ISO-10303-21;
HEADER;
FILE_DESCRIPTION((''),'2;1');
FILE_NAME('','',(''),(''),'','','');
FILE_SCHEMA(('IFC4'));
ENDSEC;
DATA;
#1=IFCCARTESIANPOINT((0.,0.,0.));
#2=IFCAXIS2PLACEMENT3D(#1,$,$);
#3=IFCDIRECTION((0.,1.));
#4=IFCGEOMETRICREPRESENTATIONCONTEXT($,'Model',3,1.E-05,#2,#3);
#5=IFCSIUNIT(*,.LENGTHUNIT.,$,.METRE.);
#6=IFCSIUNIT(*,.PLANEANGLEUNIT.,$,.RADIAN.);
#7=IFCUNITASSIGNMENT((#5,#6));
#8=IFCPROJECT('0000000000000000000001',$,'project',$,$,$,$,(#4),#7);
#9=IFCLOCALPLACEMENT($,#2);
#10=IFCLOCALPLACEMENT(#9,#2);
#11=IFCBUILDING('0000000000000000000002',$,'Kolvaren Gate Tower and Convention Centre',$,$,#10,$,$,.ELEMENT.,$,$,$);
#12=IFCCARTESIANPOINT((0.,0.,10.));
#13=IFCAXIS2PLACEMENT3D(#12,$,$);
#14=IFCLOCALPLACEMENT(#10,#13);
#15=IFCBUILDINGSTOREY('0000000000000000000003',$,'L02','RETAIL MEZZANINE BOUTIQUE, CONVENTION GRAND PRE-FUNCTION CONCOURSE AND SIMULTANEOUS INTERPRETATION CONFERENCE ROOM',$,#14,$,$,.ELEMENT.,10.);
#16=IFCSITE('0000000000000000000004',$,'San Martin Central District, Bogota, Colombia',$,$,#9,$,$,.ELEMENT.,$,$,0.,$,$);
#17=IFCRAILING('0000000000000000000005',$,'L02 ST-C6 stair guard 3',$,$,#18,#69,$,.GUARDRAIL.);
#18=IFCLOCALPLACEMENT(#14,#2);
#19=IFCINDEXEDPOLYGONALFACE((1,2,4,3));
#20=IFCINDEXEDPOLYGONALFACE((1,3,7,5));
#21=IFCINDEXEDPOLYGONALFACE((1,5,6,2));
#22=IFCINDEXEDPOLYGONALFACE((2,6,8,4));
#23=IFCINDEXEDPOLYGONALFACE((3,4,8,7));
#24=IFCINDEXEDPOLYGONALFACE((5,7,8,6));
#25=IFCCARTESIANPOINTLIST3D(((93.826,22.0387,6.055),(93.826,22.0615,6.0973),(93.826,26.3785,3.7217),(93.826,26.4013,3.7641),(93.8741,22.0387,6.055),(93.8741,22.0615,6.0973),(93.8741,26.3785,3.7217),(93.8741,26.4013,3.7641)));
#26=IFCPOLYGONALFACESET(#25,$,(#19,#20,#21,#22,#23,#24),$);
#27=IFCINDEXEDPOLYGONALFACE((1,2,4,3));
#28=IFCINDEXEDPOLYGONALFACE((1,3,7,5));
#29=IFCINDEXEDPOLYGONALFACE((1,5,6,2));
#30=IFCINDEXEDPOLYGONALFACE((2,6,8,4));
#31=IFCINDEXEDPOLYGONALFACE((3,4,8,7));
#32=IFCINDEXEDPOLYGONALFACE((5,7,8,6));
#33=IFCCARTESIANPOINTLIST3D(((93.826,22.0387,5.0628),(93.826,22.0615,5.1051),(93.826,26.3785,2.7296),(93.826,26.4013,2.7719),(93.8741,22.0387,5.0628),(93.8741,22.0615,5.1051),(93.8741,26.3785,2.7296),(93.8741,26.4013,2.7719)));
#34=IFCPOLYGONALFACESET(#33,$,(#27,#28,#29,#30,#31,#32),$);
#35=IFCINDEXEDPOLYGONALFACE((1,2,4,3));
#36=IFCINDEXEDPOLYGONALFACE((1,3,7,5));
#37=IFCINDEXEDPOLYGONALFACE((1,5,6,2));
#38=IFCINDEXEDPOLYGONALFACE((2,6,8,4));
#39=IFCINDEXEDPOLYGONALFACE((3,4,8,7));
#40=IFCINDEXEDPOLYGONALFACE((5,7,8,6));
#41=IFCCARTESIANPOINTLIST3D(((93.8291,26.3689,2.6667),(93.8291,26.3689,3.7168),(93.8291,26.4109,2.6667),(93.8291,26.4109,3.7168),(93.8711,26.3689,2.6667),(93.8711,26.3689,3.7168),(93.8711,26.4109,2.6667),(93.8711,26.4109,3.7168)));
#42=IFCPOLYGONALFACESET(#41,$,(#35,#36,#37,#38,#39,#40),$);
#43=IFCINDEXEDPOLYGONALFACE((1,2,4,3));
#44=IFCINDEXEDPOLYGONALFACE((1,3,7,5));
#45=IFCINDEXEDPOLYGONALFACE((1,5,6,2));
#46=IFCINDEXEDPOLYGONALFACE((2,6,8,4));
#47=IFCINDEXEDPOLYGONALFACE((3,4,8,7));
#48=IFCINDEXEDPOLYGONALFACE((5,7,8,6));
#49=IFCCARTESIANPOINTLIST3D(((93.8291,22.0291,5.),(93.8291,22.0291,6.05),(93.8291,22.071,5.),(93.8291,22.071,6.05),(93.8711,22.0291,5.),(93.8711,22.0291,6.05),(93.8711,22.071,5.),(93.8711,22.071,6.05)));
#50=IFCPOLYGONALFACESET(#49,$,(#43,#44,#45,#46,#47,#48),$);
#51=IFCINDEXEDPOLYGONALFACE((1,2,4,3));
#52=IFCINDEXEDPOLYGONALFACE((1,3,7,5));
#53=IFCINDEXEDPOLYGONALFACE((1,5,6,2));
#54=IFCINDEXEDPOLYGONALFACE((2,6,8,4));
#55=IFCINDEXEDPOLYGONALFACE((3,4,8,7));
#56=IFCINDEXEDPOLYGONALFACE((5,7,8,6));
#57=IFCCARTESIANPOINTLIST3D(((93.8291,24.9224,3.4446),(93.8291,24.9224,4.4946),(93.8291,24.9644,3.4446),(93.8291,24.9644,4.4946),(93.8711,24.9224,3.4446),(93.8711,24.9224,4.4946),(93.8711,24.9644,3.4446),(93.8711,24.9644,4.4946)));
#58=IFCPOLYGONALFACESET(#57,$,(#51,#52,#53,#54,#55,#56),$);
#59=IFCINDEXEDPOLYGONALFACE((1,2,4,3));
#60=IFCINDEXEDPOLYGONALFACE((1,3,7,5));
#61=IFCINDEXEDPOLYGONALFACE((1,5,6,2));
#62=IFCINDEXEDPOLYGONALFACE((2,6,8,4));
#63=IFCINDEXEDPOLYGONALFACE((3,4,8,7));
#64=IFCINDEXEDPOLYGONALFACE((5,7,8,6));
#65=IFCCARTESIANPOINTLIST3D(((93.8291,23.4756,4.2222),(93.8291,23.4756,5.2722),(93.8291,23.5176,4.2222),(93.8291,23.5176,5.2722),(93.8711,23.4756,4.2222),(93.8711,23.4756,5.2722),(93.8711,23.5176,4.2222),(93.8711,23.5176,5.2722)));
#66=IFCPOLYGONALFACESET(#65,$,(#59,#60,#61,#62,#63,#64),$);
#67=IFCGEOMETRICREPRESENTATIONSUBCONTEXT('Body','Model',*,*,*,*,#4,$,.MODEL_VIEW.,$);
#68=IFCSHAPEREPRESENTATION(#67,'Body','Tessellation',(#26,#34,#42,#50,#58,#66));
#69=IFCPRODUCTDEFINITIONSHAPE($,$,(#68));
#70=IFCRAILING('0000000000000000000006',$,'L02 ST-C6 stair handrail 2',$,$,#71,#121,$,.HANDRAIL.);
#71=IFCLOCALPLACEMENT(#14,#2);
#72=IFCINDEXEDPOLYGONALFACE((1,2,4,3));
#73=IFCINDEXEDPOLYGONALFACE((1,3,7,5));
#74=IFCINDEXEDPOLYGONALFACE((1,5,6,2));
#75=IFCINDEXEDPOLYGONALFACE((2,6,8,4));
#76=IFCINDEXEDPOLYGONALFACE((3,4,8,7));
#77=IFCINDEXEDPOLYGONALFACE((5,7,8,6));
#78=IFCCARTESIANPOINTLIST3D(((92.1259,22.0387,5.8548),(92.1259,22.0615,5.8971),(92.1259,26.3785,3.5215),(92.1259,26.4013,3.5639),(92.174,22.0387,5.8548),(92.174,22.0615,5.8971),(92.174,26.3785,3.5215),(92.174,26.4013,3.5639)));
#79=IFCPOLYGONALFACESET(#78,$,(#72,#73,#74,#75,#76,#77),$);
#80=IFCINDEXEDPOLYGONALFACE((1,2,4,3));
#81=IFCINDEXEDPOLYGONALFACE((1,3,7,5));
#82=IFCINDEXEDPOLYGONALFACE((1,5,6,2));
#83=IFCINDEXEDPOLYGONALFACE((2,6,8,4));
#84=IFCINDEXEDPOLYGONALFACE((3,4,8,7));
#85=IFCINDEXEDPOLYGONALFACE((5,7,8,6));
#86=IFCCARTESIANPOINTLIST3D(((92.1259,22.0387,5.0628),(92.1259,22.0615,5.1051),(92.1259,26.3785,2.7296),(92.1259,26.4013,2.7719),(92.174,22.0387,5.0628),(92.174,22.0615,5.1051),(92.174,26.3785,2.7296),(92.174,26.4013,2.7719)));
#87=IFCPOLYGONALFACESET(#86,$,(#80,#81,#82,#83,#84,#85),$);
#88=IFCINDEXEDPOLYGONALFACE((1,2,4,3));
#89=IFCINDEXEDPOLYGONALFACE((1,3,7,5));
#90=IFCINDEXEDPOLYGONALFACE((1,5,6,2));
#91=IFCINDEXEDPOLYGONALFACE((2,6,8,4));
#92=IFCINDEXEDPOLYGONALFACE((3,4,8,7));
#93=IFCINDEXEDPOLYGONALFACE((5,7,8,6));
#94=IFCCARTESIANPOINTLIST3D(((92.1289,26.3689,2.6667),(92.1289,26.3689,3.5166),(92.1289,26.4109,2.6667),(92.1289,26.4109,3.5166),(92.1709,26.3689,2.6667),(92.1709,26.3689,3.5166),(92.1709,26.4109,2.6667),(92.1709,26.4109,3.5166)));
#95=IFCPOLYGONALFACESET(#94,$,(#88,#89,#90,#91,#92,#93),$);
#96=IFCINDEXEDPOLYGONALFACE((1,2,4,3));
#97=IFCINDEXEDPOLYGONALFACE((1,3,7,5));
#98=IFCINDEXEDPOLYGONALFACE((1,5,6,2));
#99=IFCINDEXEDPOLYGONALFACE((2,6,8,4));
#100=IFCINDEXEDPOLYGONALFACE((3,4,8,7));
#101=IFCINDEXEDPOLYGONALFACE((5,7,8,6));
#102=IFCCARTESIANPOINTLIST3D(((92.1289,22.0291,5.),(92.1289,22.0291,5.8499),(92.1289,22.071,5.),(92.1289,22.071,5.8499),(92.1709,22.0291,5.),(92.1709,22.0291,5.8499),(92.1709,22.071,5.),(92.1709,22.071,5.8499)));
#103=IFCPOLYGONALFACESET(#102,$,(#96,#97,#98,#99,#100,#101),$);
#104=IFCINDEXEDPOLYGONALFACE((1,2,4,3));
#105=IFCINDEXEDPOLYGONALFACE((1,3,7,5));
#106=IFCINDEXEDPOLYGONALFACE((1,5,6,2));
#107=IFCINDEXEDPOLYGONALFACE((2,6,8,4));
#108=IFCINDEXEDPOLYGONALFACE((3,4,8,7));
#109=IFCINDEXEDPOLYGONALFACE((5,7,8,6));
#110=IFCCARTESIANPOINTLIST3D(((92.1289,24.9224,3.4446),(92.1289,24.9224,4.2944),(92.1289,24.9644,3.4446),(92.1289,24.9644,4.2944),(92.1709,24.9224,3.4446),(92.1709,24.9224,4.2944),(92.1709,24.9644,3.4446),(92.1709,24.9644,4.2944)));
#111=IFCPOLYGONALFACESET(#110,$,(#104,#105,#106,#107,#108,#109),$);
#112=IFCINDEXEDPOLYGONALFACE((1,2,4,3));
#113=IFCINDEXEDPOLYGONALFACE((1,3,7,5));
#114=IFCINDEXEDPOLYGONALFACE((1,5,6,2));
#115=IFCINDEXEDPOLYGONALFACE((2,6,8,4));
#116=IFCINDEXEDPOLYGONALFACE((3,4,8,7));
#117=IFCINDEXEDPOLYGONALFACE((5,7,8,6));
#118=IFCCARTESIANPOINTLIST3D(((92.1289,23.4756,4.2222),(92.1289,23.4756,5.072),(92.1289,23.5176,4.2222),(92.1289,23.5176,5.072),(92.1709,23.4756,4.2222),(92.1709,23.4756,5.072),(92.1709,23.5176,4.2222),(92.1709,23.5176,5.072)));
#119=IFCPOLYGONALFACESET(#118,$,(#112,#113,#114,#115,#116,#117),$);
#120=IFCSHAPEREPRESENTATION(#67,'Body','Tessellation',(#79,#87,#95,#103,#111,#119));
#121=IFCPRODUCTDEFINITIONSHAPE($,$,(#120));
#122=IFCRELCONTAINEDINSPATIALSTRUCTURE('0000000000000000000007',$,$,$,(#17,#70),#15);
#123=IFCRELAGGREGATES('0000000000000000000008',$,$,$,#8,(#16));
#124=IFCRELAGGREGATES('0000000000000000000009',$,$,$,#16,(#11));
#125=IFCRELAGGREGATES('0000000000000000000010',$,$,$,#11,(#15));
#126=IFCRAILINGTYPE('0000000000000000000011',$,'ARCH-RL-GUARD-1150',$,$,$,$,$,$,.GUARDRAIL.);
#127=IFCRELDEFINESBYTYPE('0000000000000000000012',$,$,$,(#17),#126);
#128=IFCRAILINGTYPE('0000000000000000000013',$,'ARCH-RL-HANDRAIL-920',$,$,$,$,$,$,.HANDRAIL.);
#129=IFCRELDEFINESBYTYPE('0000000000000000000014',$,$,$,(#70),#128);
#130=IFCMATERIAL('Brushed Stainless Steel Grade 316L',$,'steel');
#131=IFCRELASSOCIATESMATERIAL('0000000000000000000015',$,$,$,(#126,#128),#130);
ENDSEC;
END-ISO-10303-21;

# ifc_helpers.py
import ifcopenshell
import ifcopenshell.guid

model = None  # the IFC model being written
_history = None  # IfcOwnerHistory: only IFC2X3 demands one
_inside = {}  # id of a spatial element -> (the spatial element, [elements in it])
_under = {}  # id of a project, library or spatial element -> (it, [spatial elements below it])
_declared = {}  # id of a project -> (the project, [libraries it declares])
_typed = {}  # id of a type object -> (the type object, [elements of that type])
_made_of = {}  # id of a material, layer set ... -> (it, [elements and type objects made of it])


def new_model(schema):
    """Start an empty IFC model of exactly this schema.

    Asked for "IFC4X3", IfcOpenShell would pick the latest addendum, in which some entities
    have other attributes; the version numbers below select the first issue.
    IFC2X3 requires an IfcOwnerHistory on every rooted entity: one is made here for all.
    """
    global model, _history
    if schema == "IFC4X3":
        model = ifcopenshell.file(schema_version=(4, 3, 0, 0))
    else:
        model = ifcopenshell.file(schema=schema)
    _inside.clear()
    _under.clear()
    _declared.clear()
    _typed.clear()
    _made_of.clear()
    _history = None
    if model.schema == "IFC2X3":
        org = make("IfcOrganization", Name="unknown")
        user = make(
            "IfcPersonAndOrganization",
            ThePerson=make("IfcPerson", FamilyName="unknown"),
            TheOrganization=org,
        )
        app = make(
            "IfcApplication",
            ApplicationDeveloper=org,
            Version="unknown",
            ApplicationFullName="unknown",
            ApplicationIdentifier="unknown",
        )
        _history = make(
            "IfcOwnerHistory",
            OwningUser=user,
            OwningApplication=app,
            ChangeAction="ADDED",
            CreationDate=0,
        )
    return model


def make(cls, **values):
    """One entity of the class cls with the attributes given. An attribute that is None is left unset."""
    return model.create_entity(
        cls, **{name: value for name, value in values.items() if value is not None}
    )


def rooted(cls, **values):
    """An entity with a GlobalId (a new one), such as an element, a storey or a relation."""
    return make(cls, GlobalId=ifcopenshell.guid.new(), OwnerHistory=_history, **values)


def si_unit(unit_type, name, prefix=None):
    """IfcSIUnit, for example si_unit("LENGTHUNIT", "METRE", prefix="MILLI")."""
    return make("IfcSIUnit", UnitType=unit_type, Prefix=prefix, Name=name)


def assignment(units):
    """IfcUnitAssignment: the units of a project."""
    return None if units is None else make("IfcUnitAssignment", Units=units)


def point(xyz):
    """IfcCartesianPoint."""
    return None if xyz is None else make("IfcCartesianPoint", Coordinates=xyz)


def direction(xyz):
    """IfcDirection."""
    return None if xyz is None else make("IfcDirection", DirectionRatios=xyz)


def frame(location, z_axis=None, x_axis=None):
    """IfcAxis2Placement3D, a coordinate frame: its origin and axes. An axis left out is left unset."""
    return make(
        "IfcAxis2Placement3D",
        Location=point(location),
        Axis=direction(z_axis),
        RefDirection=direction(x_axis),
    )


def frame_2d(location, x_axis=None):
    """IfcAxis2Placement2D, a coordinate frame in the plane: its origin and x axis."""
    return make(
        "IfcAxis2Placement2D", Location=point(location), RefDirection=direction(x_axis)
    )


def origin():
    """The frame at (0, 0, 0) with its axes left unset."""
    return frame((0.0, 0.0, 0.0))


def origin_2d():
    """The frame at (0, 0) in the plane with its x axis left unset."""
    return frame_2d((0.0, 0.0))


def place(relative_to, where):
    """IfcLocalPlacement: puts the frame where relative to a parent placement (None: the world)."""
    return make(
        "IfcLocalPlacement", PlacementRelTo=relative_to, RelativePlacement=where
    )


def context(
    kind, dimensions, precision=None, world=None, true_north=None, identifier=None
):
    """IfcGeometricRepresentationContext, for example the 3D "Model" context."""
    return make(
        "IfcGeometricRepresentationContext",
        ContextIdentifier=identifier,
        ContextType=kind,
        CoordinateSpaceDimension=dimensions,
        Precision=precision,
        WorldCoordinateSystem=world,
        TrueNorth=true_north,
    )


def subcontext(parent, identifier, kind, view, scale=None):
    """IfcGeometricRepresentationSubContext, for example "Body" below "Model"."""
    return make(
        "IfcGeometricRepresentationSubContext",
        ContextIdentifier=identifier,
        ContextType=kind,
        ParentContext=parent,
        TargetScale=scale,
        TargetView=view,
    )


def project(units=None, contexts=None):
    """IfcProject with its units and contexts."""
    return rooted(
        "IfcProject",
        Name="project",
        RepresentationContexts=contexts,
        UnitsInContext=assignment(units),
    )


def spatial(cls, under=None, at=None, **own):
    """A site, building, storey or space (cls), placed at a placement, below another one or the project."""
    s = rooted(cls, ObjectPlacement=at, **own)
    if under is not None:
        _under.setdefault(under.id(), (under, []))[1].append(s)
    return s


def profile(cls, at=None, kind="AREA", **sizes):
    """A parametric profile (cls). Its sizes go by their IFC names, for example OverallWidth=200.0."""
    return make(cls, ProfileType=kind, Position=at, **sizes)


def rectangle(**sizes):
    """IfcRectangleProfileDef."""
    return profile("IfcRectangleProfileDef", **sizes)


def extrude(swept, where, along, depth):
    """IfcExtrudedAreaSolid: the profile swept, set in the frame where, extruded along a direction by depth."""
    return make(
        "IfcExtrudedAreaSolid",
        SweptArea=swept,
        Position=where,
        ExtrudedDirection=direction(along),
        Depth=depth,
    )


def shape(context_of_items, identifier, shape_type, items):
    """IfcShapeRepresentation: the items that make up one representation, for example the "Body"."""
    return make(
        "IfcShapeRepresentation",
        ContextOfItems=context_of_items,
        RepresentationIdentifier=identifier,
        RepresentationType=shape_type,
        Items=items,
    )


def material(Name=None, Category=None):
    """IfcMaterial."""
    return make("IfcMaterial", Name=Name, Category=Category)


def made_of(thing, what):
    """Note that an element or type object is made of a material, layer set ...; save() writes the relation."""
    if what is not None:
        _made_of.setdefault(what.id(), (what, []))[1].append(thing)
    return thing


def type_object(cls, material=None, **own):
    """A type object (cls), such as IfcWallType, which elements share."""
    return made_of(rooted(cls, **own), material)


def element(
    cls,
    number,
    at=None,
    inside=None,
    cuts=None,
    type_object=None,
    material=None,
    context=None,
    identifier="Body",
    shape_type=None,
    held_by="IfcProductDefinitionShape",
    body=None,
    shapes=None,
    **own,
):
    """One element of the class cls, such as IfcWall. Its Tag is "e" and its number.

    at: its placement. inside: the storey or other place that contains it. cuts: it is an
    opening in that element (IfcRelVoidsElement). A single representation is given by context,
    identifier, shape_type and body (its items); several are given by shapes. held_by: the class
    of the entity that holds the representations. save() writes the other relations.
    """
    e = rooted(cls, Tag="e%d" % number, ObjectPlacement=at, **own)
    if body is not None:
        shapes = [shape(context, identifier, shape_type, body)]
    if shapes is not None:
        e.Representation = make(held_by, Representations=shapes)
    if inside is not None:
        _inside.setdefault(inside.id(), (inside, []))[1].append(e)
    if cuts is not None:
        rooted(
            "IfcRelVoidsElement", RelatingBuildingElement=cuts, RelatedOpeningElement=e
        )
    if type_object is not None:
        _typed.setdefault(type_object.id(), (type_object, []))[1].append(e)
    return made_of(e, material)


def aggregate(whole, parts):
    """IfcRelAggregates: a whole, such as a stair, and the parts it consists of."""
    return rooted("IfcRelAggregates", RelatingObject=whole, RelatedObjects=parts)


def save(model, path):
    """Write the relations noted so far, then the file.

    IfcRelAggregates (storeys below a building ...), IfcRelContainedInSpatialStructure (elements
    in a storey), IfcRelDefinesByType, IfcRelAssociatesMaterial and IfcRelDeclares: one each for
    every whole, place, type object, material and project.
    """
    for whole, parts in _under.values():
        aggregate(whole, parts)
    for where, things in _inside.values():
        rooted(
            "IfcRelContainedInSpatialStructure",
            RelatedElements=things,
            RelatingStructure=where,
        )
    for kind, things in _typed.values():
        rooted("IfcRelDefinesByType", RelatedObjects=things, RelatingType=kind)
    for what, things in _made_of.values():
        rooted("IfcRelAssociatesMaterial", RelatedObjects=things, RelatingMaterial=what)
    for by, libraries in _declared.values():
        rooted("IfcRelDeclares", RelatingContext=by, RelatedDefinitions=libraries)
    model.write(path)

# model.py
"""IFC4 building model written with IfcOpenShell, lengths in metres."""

from ifc_helpers import new_model, si_unit, direction, frame, origin, origin_2d, place, context, subcontext, project, spatial, rectangle, extrude, material, type_object, element, save


model = new_model("IFC4")

# Units and contexts
model_context = context("Model", 3, precision=1e-05, world=origin(), true_north=direction((0.0, 1.0)))
body_context = subcontext(model_context, "Body", "Model", "MODEL_VIEW")
ifc_project = project(units=[si_unit("LENGTHUNIT", "METRE"), si_unit("PLANEANGLEUNIT", "RADIAN")], contexts=[model_context])

# Site, building, storey
site_placement = place(None, origin())
site = spatial("IfcSite", under=ifc_project, at=site_placement, Name="San Martin Central District, Bogota, Colombia", CompositionType="ELEMENT", RefElevation=0.0)
building_placement = place(site_placement, origin())
building = spatial("IfcBuilding", under=site, at=building_placement, Name="Kolvaren Gate Tower and Convention Centre", CompositionType="ELEMENT")
storey_placement = place(building_placement, frame((0.0, 0.0, 10.0)))
storey = spatial("IfcBuildingStorey", under=building, at=storey_placement, Name="L02", Description="RETAIL MEZZANINE BOUTIQUE, CONVENTION GRAND PRE-FUNCTION CONCOURSE AND SIMULTANEOUS INTERPRETATION CONFERENCE ROOM", CompositionType="ELEMENT", Elevation=10.0)

# Railings
ifc_material_1 = material(Name="Brushed Stainless Steel Grade 316L", Category="steel")
railing_type_1 = type_object("IfcRailingType", Name="ARCH-RL-GUARD-1150", PredefinedType="GUARDRAIL", material=ifc_material_1)
railing_1_placement = place(storey_placement, frame((93.8501, 26.3899, 2.6667)))
element("IfcRailing", 1, at=railing_1_placement, inside=storey, type_object=railing_type_1, Name="L02 ST-C6 stair guard 3", PredefinedType="GUARDRAIL", context=body_context, shape_type="SweptSolid", body=[
    extrude(rectangle(XDim=0.0481, YDim=0.0481, at=origin_2d()), frame((0.0, 0.0, 1.0762), z_axis=(0.0, -0.880775, 0.473535), x_axis=(1.0, 0.0, 0.0)), (0.0, 0.0, 1.0), 4.9272),
    extrude(rectangle(XDim=0.0481, YDim=0.0481, at=origin_2d()), frame((0.0, 0.0, 0.084), z_axis=(0.0, -0.880775, 0.473535), x_axis=(1.0, 0.0, 0.0)), (0.0, 0.0, 1.0), 4.9272),
    extrude(rectangle(XDim=0.042, YDim=0.042, at=origin_2d()), origin(), (0.0, 0.0, 1.0), 1.05),
    extrude(rectangle(XDim=0.042, YDim=0.042, at=origin_2d()), frame((0.0, -4.3398, 2.3333)), (0.0, 0.0, 1.0), 1.05),
    extrude(rectangle(XDim=0.042, YDim=0.042, at=origin_2d()), frame((0.0, -1.4465, 0.7778)), (0.0, 0.0, 1.0), 1.05),
    extrude(rectangle(XDim=0.042, YDim=0.042, at=origin_2d()), frame((0.0, -2.8933, 1.5554)), (0.0, 0.0, 1.0), 1.05),
])
railing_type_2 = type_object("IfcRailingType", Name="ARCH-RL-HANDRAIL-920", PredefinedType="HANDRAIL", material=ifc_material_1)
railing_2_placement = place(storey_placement, frame((92.1499, 26.3899, 2.6667)))
element("IfcRailing", 2, at=railing_2_placement, inside=storey, type_object=railing_type_2, Name="L02 ST-C6 stair handrail 2", PredefinedType="HANDRAIL", context=body_context, shape_type="SweptSolid", body=[
    extrude(rectangle(XDim=0.0481, YDim=0.0481, at=origin_2d()), frame((0.0, 0.0, 0.876), z_axis=(0.0, -0.880775, 0.473535), x_axis=(1.0, 0.0, 0.0)), (0.0, 0.0, 1.0), 4.9272),
    extrude(rectangle(XDim=0.0481, YDim=0.0481, at=origin_2d()), frame((0.0, 0.0, 0.084), z_axis=(0.0, -0.880775, 0.473535), x_axis=(1.0, 0.0, 0.0)), (0.0, 0.0, 1.0), 4.9272),
    extrude(rectangle(XDim=0.042, YDim=0.042, at=origin_2d()), origin(), (0.0, 0.0, 1.0), 0.8499),
    extrude(rectangle(XDim=0.042, YDim=0.042, at=origin_2d()), frame((0.0, -4.3398, 2.3333)), (0.0, 0.0, 1.0), 0.8499),
    extrude(rectangle(XDim=0.042, YDim=0.042, at=origin_2d()), frame((0.0, -1.4465, 0.7778)), (0.0, 0.0, 1.0), 0.8499),
    extrude(rectangle(XDim=0.042, YDim=0.042, at=origin_2d()), frame((0.0, -2.8933, 1.5554)), (0.0, 0.0, 1.0), 0.8499),
])

save(model, "model.ifc")
